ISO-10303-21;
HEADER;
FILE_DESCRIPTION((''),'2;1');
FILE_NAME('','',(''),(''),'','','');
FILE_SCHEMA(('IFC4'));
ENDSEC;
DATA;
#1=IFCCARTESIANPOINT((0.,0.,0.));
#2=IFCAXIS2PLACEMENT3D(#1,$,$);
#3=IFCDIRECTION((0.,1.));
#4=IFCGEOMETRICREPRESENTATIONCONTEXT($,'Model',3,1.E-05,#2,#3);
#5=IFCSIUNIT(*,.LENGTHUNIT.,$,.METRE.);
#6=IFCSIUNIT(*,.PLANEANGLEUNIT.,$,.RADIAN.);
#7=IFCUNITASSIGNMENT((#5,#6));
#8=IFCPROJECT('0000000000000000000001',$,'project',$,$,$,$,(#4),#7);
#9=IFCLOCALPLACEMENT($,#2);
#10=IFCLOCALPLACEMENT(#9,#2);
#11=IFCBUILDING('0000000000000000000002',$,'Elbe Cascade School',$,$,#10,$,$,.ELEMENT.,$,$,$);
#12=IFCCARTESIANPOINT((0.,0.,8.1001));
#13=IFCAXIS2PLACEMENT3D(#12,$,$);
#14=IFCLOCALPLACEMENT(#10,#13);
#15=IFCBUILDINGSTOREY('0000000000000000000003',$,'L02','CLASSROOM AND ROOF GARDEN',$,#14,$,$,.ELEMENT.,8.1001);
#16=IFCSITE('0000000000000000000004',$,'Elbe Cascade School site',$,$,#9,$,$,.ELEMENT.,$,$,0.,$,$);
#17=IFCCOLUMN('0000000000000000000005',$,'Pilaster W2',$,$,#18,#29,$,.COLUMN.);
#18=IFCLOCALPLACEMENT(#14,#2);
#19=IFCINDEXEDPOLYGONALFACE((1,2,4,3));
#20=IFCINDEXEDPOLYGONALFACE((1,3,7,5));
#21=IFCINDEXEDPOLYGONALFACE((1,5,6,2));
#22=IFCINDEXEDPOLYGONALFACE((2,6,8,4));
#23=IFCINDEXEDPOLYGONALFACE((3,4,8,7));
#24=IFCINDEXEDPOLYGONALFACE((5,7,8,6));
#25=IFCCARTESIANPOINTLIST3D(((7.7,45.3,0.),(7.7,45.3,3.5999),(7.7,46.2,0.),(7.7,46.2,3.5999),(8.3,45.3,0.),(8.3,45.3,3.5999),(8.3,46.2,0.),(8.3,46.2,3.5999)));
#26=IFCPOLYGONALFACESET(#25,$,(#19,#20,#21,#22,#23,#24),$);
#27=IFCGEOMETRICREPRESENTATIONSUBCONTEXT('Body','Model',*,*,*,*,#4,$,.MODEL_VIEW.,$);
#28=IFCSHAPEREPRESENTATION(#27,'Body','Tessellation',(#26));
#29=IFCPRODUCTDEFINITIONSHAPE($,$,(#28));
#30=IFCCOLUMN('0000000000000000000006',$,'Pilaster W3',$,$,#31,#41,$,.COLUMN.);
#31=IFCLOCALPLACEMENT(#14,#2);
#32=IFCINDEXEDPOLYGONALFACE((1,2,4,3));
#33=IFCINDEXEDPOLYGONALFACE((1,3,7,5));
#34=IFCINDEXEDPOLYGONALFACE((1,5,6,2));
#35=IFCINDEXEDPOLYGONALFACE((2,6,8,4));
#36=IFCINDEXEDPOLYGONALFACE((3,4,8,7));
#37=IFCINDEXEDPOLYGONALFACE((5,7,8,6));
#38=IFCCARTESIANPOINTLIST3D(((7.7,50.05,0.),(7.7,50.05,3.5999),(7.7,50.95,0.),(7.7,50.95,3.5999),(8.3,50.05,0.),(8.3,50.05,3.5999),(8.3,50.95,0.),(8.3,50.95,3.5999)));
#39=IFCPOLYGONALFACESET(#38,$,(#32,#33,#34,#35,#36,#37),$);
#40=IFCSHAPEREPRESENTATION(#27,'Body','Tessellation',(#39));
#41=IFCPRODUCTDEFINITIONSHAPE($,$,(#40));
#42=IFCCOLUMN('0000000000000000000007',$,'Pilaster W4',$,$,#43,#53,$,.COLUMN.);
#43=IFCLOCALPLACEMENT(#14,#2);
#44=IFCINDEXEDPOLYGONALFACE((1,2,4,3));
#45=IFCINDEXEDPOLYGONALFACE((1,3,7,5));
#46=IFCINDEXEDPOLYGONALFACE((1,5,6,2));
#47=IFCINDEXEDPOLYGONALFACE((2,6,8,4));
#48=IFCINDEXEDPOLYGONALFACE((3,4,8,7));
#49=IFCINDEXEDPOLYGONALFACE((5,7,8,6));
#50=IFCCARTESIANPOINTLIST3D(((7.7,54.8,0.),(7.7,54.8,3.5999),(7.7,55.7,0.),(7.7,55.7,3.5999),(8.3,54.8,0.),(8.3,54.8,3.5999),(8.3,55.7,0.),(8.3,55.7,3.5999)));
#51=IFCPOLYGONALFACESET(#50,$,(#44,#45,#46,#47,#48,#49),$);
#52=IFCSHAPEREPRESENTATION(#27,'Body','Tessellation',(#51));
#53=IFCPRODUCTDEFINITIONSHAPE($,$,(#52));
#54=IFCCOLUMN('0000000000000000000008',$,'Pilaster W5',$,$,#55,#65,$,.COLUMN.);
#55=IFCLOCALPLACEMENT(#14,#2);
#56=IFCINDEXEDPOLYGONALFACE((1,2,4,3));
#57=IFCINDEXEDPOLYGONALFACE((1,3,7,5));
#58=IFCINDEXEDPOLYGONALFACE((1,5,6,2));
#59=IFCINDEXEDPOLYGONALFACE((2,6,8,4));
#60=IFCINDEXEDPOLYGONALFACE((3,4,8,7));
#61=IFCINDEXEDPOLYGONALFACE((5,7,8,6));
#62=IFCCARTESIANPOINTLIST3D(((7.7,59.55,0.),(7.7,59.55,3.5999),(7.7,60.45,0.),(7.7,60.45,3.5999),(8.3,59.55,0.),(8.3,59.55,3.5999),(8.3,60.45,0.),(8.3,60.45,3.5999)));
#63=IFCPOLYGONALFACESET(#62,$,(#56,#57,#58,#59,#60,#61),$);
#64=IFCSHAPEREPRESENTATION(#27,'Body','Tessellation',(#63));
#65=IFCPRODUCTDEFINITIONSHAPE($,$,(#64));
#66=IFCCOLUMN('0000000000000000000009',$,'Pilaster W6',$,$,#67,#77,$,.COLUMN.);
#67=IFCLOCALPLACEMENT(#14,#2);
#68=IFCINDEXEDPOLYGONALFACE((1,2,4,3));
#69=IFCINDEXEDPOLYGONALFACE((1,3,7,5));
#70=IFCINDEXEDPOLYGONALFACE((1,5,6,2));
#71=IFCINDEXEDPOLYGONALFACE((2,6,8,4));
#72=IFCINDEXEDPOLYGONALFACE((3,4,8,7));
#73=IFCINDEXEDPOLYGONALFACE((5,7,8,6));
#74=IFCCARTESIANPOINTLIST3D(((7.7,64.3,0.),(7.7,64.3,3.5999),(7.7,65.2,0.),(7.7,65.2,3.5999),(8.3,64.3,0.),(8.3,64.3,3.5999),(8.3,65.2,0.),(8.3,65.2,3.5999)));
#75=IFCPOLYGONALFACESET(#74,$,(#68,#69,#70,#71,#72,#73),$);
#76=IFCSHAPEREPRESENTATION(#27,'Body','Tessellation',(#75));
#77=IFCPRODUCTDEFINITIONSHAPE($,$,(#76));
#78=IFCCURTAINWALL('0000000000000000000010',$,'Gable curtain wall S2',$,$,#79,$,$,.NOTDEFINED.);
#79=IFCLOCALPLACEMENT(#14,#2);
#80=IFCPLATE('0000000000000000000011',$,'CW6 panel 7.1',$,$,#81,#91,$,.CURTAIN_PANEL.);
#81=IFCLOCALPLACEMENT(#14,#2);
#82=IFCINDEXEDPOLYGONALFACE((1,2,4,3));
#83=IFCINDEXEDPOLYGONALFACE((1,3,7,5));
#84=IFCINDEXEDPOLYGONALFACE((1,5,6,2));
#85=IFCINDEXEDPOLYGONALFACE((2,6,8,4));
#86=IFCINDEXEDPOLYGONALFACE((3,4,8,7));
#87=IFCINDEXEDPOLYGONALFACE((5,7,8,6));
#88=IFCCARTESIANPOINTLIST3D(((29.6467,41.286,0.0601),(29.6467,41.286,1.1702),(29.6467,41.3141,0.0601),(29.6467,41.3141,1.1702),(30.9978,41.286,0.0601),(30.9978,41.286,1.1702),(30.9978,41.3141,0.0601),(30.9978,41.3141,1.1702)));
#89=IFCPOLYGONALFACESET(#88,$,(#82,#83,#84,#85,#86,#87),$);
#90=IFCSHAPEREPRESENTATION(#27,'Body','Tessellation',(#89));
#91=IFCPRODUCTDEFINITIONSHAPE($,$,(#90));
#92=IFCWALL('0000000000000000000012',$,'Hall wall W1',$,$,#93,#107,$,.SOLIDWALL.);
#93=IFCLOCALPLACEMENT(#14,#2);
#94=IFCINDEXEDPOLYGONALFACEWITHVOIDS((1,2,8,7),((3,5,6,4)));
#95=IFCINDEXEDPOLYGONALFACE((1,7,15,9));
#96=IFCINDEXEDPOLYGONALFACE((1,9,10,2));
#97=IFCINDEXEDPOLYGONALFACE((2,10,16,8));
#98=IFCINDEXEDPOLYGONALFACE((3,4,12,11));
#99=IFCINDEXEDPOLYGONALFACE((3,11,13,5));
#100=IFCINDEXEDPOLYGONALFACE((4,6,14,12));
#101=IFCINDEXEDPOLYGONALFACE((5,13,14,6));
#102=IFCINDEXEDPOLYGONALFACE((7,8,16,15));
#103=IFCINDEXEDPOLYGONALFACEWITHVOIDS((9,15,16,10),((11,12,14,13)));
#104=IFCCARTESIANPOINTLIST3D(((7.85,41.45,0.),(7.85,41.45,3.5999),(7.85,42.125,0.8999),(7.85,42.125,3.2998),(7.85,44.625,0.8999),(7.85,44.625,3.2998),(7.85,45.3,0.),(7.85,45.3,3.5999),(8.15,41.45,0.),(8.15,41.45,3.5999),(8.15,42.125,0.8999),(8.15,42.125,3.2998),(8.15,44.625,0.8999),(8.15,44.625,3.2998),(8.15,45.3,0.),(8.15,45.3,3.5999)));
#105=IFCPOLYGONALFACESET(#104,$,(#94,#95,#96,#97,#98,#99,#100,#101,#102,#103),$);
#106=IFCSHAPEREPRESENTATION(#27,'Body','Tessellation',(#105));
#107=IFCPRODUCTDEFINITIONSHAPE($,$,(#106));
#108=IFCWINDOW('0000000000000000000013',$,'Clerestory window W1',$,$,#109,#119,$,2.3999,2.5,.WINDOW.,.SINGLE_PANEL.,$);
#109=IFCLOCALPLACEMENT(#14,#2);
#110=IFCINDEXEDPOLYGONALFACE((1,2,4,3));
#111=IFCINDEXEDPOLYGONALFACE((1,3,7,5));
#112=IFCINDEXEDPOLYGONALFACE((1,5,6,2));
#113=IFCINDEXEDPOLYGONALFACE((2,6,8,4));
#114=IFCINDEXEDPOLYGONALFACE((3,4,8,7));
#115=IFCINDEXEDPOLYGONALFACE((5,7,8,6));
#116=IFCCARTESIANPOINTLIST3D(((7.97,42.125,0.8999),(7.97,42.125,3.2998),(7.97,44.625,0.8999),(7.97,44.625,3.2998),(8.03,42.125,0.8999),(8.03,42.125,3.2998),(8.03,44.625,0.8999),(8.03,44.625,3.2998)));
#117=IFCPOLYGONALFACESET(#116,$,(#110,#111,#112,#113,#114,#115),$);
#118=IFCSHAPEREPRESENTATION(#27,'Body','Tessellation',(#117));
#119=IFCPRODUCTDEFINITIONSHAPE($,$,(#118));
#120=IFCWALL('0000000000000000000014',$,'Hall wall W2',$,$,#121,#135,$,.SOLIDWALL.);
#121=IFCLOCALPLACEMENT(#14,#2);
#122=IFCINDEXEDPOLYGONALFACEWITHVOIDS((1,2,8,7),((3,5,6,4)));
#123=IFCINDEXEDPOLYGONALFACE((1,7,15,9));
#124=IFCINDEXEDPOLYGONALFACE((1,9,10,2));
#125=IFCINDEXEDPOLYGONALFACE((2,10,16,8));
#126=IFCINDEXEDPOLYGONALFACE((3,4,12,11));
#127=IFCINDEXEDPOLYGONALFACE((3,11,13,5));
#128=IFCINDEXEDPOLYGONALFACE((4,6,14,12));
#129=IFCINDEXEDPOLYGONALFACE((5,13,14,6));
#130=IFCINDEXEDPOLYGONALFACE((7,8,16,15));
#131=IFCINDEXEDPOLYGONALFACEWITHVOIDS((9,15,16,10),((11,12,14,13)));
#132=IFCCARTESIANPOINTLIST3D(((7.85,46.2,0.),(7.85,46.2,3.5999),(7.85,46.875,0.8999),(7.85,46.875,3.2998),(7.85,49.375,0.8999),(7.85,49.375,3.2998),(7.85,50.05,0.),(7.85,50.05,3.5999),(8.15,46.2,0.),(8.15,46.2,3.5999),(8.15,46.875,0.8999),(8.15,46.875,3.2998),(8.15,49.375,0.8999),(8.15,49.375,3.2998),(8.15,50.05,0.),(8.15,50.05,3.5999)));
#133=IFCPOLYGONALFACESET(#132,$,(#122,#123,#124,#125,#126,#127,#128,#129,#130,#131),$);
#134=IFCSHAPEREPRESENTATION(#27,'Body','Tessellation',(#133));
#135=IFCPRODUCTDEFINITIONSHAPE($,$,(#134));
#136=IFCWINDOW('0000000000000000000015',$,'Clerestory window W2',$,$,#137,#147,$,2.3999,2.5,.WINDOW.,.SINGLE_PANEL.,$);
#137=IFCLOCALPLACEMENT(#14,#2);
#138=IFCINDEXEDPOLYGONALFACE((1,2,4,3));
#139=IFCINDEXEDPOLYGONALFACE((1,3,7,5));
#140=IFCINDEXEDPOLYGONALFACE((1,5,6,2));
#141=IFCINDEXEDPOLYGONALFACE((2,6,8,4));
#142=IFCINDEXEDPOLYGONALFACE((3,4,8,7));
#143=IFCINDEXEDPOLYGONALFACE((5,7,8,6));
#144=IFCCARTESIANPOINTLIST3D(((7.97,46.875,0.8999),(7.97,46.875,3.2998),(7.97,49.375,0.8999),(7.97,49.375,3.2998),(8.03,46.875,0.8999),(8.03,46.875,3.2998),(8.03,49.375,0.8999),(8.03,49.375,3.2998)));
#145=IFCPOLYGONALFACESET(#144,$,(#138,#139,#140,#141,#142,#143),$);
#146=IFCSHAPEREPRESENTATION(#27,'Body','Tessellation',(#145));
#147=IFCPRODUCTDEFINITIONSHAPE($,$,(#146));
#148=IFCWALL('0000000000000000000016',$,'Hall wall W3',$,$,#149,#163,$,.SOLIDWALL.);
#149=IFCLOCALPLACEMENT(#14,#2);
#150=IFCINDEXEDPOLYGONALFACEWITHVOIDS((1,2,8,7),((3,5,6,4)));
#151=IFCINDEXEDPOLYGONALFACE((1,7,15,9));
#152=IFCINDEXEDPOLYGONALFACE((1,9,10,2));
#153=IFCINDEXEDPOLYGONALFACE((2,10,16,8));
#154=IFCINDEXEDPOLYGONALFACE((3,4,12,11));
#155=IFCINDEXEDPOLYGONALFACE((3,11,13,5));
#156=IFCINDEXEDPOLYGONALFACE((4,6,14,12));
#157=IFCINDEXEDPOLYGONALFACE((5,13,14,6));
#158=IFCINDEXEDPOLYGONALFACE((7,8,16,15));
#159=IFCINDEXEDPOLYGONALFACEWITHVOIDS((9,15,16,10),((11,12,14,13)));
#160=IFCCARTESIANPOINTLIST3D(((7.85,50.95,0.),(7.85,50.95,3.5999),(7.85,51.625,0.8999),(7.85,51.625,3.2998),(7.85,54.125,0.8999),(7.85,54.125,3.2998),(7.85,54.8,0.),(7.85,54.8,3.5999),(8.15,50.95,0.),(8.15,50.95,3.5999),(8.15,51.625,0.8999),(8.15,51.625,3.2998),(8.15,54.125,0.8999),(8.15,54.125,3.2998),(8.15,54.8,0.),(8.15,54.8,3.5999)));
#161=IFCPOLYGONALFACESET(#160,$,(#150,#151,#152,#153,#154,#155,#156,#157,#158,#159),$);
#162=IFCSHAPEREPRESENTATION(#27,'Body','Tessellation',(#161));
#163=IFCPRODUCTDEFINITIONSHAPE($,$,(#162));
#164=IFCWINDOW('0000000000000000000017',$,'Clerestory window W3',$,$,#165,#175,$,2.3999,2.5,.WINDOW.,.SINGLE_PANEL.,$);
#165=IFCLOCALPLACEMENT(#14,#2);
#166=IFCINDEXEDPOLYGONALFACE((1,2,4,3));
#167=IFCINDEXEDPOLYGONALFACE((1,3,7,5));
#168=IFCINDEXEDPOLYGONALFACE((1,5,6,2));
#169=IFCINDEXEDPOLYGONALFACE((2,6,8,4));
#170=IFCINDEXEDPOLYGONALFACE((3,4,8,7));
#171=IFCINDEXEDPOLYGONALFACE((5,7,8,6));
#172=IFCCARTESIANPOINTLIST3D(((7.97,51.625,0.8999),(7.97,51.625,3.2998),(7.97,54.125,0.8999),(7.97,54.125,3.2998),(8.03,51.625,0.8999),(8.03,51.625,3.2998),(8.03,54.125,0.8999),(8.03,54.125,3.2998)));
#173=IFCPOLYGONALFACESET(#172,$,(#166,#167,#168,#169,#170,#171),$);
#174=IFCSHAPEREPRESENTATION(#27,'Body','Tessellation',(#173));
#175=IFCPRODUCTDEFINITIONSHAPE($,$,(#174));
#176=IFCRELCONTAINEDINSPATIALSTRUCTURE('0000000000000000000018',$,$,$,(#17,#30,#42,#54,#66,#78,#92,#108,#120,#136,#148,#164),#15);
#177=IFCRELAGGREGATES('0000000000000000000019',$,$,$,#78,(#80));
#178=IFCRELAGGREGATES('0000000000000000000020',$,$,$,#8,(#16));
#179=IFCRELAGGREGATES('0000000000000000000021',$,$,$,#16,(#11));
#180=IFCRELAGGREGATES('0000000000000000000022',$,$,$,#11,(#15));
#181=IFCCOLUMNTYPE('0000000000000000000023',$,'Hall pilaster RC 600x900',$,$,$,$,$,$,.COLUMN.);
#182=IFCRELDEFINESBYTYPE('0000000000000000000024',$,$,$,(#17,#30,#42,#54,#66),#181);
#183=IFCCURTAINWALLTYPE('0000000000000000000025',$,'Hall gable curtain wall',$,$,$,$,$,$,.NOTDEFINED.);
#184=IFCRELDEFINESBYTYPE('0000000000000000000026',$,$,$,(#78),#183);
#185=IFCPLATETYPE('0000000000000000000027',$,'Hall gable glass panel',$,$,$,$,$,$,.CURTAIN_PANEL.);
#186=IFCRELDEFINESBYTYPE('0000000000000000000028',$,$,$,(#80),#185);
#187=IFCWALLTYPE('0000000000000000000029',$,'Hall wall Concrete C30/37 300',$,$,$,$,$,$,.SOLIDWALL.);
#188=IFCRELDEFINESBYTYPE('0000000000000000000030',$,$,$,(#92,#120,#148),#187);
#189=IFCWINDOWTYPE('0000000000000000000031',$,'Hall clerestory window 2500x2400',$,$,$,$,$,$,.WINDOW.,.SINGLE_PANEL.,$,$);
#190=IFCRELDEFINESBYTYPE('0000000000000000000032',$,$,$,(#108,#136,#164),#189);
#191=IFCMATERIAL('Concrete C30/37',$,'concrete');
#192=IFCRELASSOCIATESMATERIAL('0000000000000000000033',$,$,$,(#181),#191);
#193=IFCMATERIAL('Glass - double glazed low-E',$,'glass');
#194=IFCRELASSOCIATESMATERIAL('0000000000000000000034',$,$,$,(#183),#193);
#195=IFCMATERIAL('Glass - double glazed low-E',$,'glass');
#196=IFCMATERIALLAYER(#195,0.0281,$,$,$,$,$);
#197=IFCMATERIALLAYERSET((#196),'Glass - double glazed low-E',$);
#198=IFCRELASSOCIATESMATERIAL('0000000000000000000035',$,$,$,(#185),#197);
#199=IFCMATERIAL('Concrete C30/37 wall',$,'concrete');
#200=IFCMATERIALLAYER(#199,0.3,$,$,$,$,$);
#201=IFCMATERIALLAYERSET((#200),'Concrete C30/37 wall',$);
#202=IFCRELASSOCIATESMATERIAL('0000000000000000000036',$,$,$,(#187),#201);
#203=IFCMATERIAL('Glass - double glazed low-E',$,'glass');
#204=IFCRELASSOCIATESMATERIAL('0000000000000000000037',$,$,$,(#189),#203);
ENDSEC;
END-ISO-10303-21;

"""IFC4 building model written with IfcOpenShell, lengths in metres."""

from ifc_helpers import new_model, si_unit, direction, frame, frame_2d, origin, origin_2d, place, context, subcontext, project, spatial, rectangle, extrude, material, layer, layer_set, material_profile, profile_set, type_object, element, fill, aggregate, save


model = new_model("IFC4")

# Units and contexts
model_context = context("Model", 3, precision=1e-05, world=origin(), true_north=direction((0.0, 1.0)))
body_context = subcontext(model_context, "Body", "Model", "MODEL_VIEW")
ifc_project = project(units=[si_unit("LENGTHUNIT", "METRE"), si_unit("PLANEANGLEUNIT", "RADIAN")], contexts=[model_context])

# Site, building, storey
site_placement = place(None, origin())
site = spatial("IfcSite", under=ifc_project, at=site_placement, Name="Elbe Cascade School site", CompositionType="ELEMENT", RefElevation=0.0)
building_placement = place(site_placement, origin())
building = spatial("IfcBuilding", under=site, at=building_placement, Name="Elbe Cascade School", CompositionType="ELEMENT")
storey_placement = place(building_placement, frame((0.0, 0.0, 8.1001)))
storey = spatial("IfcBuildingStorey", under=building, at=storey_placement, Name="L02", Description="CLASSROOM AND ROOF GARDEN", CompositionType="ELEMENT", Elevation=8.1001)

# Columns
ifc_material_1 = material(Name="Concrete C30/37", Category="concrete")
ifc_material_profile = material_profile(ifc_material_1, rectangle(XDim=0.6001, YDim=0.8999, at=origin_2d()), Name="RC 600x900")
ifc_profile_set = profile_set([ifc_material_profile], Name="Concrete C30/37")
column_type = type_object("IfcColumnType", Name="Hall pilaster RC 600x900", PredefinedType="COLUMN", material=ifc_profile_set)
for number, where, z_axis, x_axis, name in (
    (1, (8.0, 45.75, 0.0), (0.0, 0.0, 1.0), (1.0, 0.0, 0.0), "Pilaster W2"),
    (2, (8.0, 50.5, 0.0), (0.0, 0.0, 1.0), (1.0, 0.0, 0.0), "Pilaster W3"),
    (3, (8.0, 55.25, 0.0), (0.0, 0.0, 1.0), (1.0, 0.0, 0.0), "Pilaster W4"),
    (4, (8.0, 60.0, 0.0), (0.0, 0.0, 1.0), (1.0, 0.0, 0.0), "Pilaster W5"),
    (5, (8.0, 64.75, 0.0), (0.0, 0.0, 1.0), (1.0, 0.0, 0.0), "Pilaster W6"),
):
    element("IfcColumn", number, at=place(storey_placement, frame(where, z_axis=z_axis, x_axis=x_axis)), inside=storey, type_object=column_type, Name=name, PredefinedType="COLUMN", context=body_context, shape_type="SweptSolid", body=[
        extrude(rectangle(XDim=0.6001, YDim=0.8999, at=origin_2d()), origin(), (0.0, 0.0, 1.0), 3.5999),
    ])

# Curtain wall, plate
ifc_material_2 = material(Name="Glass - double glazed low-E", Category="glass")
curtain_wall_type = type_object("IfcCurtainWallType", Name="Hall gable curtain wall", PredefinedType="NOTDEFINED", material=ifc_material_2)
curtain_wall_placement = place(storey_placement, origin())
curtain_wall = element("IfcCurtainWall", 6, at=curtain_wall_placement, inside=storey, type_object=curtain_wall_type, Name="Gable curtain wall S2", PredefinedType="NOTDEFINED")
ifc_material_3 = material(Name="Glass - double glazed low-E", Category="glass")
ifc_layer_1 = layer(ifc_material_3, 0.0281)
ifc_layer_set_1 = layer_set([ifc_layer_1], Name="Glass - double glazed low-E")
plate_type = type_object("IfcPlateType", Name="Hall gable glass panel", PredefinedType="CURTAIN_PANEL", material=ifc_layer_set_1)
plate_placement = place(storey_placement, frame((30.3223, 41.3, 0.0601), z_axis=(0.0, 0.0, 1.0), x_axis=(1.0, 0.0, 0.0)))
plate = element("IfcPlate", 7, at=plate_placement, type_object=plate_type, Name="CW6 panel 7.1", PredefinedType="CURTAIN_PANEL", context=body_context, shape_type="SweptSolid", body=[
    extrude(rectangle(XDim=1.3511, YDim=0.0281, at=origin_2d()), origin(), (0.0, 0.0, 1.0), 1.1101),
])
aggregate(curtain_wall, [plate])

# Walls, openings, windows
ifc_material_4 = material(Name="Concrete C30/37 wall", Category="concrete")
ifc_layer_2 = layer(ifc_material_4, 0.3)
ifc_layer_set_2 = layer_set([ifc_layer_2], Name="Concrete C30/37 wall")
wall_type = type_object("IfcWallType", Name="Hall wall Concrete C30/37 300", PredefinedType="SOLIDWALL", material=ifc_layer_set_2)
wall_1_placement = place(storey_placement, frame((8.0, 41.45, 0.0), z_axis=(0.0, 0.0, 1.0), x_axis=(0.0, 1.0, 0.0)))
wall_1 = element("IfcWall", 8, at=wall_1_placement, inside=storey, type_object=wall_type, Name="Hall wall W1", PredefinedType="SOLIDWALL", context=body_context, shape_type="SweptSolid", body=[
    extrude(rectangle(XDim=3.8501, YDim=0.3, at=frame_2d((1.925, 0.0))), origin(), (0.0, 0.0, 1.0), 3.5999),
])
opening_1_placement = place(wall_1_placement, frame((0.675, 0.0, 0.8999)))
opening_1 = element("IfcOpeningElement", 9, at=opening_1_placement, cuts=wall_1, PredefinedType="OPENING", context=body_context, shape_type="SweptSolid", body=[
    extrude(rectangle(XDim=2.5, YDim=2.3999, at=frame_2d((1.25, 1.2))), frame((0.0, 0.1599, 0.0), z_axis=(0.0, -1.0, 0.0), x_axis=(1.0, 0.0, 0.0)), (0.0, 0.0, 1.0), 0.3201),
])
ifc_material_5 = material(Name="Glass - double glazed low-E", Category="glass")
window_type = type_object("IfcWindowType", Name="Hall clerestory window 2500x2400", PartitioningType="SINGLE_PANEL", PredefinedType="WINDOW", material=ifc_material_5)
window_1_placement = place(opening_1_placement, origin())
window_1 = element("IfcWindow", 10, at=window_1_placement, inside=storey, type_object=window_type, Name="Clerestory window W1", OverallHeight=2.3999, OverallWidth=2.5, PartitioningType="SINGLE_PANEL", PredefinedType="WINDOW", context=body_context, shape_type="SweptSolid", body=[
    extrude(rectangle(XDim=2.5, YDim=2.3999, at=frame_2d((1.25, 1.2))), frame((0.0, 0.03, 0.0), z_axis=(0.0, -1.0, 0.0), x_axis=(1.0, 0.0, 0.0)), (0.0, 0.0, 1.0), 0.0601),
])
fill(opening_1, window_1)
wall_2_placement = place(storey_placement, frame((8.0, 46.2, 0.0), z_axis=(0.0, 0.0, 1.0), x_axis=(0.0, 1.0, 0.0)))
wall_2 = element("IfcWall", 11, at=wall_2_placement, inside=storey, type_object=wall_type, Name="Hall wall W2", PredefinedType="SOLIDWALL", context=body_context, shape_type="SweptSolid", body=[
    extrude(rectangle(XDim=3.8501, YDim=0.3, at=frame_2d((1.925, 0.0))), origin(), (0.0, 0.0, 1.0), 3.5999),
])
opening_2_placement = place(wall_2_placement, frame((0.675, 0.0, 0.8999)))
opening_2 = element("IfcOpeningElement", 12, at=opening_2_placement, cuts=wall_2, PredefinedType="OPENING", context=body_context, shape_type="SweptSolid", body=[
    extrude(rectangle(XDim=2.5, YDim=2.3999, at=frame_2d((1.25, 1.2))), frame((0.0, 0.1599, 0.0), z_axis=(0.0, -1.0, 0.0), x_axis=(1.0, 0.0, 0.0)), (0.0, 0.0, 1.0), 0.3201),
])
window_2_placement = place(opening_2_placement, origin())
window_2 = element("IfcWindow", 13, at=window_2_placement, inside=storey, type_object=window_type, Name="Clerestory window W2", OverallHeight=2.3999, OverallWidth=2.5, PartitioningType="SINGLE_PANEL", PredefinedType="WINDOW", context=body_context, shape_type="SweptSolid", body=[
    extrude(rectangle(XDim=2.5, YDim=2.3999, at=frame_2d((1.25, 1.2))), frame((0.0, 0.03, 0.0), z_axis=(0.0, -1.0, 0.0), x_axis=(1.0, 0.0, 0.0)), (0.0, 0.0, 1.0), 0.0601),
])
fill(opening_2, window_2)
wall_3_placement = place(storey_placement, frame((8.0, 50.95, 0.0), z_axis=(0.0, 0.0, 1.0), x_axis=(0.0, 1.0, 0.0)))
wall_3 = element("IfcWall", 14, at=wall_3_placement, inside=storey, type_object=wall_type, Name="Hall wall W3", PredefinedType="SOLIDWALL", context=body_context, shape_type="SweptSolid", body=[
    extrude(rectangle(XDim=3.8501, YDim=0.3, at=frame_2d((1.925, 0.0))), origin(), (0.0, 0.0, 1.0), 3.5999),
])
opening_3_placement = place(wall_3_placement, frame((0.675, 0.0, 0.8999)))
opening_3 = element("IfcOpeningElement", 15, at=opening_3_placement, cuts=wall_3, PredefinedType="OPENING", context=body_context, shape_type="SweptSolid", body=[
    extrude(rectangle(XDim=2.5, YDim=2.3999, at=frame_2d((1.25, 1.2))), frame((0.0, 0.1599, 0.0), z_axis=(0.0, -1.0, 0.0), x_axis=(1.0, 0.0, 0.0)), (0.0, 0.0, 1.0), 0.3201),
])
window_3_placement = place(opening_3_placement, origin())
window_3 = element("IfcWindow", 16, at=window_3_placement, inside=storey, type_object=window_type, Name="Clerestory window W3", OverallHeight=2.3999, OverallWidth=2.5, PartitioningType="SINGLE_PANEL", PredefinedType="WINDOW", context=body_context, shape_type="SweptSolid", body=[
    extrude(rectangle(XDim=2.5, YDim=2.3999, at=frame_2d((1.25, 1.2))), frame((0.0, 0.03, 0.0), z_axis=(0.0, -1.0, 0.0), x_axis=(1.0, 0.0, 0.0)), (0.0, 0.0, 1.0), 0.0601),
])
fill(opening_3, window_3)

save(model, "model.ifc")
